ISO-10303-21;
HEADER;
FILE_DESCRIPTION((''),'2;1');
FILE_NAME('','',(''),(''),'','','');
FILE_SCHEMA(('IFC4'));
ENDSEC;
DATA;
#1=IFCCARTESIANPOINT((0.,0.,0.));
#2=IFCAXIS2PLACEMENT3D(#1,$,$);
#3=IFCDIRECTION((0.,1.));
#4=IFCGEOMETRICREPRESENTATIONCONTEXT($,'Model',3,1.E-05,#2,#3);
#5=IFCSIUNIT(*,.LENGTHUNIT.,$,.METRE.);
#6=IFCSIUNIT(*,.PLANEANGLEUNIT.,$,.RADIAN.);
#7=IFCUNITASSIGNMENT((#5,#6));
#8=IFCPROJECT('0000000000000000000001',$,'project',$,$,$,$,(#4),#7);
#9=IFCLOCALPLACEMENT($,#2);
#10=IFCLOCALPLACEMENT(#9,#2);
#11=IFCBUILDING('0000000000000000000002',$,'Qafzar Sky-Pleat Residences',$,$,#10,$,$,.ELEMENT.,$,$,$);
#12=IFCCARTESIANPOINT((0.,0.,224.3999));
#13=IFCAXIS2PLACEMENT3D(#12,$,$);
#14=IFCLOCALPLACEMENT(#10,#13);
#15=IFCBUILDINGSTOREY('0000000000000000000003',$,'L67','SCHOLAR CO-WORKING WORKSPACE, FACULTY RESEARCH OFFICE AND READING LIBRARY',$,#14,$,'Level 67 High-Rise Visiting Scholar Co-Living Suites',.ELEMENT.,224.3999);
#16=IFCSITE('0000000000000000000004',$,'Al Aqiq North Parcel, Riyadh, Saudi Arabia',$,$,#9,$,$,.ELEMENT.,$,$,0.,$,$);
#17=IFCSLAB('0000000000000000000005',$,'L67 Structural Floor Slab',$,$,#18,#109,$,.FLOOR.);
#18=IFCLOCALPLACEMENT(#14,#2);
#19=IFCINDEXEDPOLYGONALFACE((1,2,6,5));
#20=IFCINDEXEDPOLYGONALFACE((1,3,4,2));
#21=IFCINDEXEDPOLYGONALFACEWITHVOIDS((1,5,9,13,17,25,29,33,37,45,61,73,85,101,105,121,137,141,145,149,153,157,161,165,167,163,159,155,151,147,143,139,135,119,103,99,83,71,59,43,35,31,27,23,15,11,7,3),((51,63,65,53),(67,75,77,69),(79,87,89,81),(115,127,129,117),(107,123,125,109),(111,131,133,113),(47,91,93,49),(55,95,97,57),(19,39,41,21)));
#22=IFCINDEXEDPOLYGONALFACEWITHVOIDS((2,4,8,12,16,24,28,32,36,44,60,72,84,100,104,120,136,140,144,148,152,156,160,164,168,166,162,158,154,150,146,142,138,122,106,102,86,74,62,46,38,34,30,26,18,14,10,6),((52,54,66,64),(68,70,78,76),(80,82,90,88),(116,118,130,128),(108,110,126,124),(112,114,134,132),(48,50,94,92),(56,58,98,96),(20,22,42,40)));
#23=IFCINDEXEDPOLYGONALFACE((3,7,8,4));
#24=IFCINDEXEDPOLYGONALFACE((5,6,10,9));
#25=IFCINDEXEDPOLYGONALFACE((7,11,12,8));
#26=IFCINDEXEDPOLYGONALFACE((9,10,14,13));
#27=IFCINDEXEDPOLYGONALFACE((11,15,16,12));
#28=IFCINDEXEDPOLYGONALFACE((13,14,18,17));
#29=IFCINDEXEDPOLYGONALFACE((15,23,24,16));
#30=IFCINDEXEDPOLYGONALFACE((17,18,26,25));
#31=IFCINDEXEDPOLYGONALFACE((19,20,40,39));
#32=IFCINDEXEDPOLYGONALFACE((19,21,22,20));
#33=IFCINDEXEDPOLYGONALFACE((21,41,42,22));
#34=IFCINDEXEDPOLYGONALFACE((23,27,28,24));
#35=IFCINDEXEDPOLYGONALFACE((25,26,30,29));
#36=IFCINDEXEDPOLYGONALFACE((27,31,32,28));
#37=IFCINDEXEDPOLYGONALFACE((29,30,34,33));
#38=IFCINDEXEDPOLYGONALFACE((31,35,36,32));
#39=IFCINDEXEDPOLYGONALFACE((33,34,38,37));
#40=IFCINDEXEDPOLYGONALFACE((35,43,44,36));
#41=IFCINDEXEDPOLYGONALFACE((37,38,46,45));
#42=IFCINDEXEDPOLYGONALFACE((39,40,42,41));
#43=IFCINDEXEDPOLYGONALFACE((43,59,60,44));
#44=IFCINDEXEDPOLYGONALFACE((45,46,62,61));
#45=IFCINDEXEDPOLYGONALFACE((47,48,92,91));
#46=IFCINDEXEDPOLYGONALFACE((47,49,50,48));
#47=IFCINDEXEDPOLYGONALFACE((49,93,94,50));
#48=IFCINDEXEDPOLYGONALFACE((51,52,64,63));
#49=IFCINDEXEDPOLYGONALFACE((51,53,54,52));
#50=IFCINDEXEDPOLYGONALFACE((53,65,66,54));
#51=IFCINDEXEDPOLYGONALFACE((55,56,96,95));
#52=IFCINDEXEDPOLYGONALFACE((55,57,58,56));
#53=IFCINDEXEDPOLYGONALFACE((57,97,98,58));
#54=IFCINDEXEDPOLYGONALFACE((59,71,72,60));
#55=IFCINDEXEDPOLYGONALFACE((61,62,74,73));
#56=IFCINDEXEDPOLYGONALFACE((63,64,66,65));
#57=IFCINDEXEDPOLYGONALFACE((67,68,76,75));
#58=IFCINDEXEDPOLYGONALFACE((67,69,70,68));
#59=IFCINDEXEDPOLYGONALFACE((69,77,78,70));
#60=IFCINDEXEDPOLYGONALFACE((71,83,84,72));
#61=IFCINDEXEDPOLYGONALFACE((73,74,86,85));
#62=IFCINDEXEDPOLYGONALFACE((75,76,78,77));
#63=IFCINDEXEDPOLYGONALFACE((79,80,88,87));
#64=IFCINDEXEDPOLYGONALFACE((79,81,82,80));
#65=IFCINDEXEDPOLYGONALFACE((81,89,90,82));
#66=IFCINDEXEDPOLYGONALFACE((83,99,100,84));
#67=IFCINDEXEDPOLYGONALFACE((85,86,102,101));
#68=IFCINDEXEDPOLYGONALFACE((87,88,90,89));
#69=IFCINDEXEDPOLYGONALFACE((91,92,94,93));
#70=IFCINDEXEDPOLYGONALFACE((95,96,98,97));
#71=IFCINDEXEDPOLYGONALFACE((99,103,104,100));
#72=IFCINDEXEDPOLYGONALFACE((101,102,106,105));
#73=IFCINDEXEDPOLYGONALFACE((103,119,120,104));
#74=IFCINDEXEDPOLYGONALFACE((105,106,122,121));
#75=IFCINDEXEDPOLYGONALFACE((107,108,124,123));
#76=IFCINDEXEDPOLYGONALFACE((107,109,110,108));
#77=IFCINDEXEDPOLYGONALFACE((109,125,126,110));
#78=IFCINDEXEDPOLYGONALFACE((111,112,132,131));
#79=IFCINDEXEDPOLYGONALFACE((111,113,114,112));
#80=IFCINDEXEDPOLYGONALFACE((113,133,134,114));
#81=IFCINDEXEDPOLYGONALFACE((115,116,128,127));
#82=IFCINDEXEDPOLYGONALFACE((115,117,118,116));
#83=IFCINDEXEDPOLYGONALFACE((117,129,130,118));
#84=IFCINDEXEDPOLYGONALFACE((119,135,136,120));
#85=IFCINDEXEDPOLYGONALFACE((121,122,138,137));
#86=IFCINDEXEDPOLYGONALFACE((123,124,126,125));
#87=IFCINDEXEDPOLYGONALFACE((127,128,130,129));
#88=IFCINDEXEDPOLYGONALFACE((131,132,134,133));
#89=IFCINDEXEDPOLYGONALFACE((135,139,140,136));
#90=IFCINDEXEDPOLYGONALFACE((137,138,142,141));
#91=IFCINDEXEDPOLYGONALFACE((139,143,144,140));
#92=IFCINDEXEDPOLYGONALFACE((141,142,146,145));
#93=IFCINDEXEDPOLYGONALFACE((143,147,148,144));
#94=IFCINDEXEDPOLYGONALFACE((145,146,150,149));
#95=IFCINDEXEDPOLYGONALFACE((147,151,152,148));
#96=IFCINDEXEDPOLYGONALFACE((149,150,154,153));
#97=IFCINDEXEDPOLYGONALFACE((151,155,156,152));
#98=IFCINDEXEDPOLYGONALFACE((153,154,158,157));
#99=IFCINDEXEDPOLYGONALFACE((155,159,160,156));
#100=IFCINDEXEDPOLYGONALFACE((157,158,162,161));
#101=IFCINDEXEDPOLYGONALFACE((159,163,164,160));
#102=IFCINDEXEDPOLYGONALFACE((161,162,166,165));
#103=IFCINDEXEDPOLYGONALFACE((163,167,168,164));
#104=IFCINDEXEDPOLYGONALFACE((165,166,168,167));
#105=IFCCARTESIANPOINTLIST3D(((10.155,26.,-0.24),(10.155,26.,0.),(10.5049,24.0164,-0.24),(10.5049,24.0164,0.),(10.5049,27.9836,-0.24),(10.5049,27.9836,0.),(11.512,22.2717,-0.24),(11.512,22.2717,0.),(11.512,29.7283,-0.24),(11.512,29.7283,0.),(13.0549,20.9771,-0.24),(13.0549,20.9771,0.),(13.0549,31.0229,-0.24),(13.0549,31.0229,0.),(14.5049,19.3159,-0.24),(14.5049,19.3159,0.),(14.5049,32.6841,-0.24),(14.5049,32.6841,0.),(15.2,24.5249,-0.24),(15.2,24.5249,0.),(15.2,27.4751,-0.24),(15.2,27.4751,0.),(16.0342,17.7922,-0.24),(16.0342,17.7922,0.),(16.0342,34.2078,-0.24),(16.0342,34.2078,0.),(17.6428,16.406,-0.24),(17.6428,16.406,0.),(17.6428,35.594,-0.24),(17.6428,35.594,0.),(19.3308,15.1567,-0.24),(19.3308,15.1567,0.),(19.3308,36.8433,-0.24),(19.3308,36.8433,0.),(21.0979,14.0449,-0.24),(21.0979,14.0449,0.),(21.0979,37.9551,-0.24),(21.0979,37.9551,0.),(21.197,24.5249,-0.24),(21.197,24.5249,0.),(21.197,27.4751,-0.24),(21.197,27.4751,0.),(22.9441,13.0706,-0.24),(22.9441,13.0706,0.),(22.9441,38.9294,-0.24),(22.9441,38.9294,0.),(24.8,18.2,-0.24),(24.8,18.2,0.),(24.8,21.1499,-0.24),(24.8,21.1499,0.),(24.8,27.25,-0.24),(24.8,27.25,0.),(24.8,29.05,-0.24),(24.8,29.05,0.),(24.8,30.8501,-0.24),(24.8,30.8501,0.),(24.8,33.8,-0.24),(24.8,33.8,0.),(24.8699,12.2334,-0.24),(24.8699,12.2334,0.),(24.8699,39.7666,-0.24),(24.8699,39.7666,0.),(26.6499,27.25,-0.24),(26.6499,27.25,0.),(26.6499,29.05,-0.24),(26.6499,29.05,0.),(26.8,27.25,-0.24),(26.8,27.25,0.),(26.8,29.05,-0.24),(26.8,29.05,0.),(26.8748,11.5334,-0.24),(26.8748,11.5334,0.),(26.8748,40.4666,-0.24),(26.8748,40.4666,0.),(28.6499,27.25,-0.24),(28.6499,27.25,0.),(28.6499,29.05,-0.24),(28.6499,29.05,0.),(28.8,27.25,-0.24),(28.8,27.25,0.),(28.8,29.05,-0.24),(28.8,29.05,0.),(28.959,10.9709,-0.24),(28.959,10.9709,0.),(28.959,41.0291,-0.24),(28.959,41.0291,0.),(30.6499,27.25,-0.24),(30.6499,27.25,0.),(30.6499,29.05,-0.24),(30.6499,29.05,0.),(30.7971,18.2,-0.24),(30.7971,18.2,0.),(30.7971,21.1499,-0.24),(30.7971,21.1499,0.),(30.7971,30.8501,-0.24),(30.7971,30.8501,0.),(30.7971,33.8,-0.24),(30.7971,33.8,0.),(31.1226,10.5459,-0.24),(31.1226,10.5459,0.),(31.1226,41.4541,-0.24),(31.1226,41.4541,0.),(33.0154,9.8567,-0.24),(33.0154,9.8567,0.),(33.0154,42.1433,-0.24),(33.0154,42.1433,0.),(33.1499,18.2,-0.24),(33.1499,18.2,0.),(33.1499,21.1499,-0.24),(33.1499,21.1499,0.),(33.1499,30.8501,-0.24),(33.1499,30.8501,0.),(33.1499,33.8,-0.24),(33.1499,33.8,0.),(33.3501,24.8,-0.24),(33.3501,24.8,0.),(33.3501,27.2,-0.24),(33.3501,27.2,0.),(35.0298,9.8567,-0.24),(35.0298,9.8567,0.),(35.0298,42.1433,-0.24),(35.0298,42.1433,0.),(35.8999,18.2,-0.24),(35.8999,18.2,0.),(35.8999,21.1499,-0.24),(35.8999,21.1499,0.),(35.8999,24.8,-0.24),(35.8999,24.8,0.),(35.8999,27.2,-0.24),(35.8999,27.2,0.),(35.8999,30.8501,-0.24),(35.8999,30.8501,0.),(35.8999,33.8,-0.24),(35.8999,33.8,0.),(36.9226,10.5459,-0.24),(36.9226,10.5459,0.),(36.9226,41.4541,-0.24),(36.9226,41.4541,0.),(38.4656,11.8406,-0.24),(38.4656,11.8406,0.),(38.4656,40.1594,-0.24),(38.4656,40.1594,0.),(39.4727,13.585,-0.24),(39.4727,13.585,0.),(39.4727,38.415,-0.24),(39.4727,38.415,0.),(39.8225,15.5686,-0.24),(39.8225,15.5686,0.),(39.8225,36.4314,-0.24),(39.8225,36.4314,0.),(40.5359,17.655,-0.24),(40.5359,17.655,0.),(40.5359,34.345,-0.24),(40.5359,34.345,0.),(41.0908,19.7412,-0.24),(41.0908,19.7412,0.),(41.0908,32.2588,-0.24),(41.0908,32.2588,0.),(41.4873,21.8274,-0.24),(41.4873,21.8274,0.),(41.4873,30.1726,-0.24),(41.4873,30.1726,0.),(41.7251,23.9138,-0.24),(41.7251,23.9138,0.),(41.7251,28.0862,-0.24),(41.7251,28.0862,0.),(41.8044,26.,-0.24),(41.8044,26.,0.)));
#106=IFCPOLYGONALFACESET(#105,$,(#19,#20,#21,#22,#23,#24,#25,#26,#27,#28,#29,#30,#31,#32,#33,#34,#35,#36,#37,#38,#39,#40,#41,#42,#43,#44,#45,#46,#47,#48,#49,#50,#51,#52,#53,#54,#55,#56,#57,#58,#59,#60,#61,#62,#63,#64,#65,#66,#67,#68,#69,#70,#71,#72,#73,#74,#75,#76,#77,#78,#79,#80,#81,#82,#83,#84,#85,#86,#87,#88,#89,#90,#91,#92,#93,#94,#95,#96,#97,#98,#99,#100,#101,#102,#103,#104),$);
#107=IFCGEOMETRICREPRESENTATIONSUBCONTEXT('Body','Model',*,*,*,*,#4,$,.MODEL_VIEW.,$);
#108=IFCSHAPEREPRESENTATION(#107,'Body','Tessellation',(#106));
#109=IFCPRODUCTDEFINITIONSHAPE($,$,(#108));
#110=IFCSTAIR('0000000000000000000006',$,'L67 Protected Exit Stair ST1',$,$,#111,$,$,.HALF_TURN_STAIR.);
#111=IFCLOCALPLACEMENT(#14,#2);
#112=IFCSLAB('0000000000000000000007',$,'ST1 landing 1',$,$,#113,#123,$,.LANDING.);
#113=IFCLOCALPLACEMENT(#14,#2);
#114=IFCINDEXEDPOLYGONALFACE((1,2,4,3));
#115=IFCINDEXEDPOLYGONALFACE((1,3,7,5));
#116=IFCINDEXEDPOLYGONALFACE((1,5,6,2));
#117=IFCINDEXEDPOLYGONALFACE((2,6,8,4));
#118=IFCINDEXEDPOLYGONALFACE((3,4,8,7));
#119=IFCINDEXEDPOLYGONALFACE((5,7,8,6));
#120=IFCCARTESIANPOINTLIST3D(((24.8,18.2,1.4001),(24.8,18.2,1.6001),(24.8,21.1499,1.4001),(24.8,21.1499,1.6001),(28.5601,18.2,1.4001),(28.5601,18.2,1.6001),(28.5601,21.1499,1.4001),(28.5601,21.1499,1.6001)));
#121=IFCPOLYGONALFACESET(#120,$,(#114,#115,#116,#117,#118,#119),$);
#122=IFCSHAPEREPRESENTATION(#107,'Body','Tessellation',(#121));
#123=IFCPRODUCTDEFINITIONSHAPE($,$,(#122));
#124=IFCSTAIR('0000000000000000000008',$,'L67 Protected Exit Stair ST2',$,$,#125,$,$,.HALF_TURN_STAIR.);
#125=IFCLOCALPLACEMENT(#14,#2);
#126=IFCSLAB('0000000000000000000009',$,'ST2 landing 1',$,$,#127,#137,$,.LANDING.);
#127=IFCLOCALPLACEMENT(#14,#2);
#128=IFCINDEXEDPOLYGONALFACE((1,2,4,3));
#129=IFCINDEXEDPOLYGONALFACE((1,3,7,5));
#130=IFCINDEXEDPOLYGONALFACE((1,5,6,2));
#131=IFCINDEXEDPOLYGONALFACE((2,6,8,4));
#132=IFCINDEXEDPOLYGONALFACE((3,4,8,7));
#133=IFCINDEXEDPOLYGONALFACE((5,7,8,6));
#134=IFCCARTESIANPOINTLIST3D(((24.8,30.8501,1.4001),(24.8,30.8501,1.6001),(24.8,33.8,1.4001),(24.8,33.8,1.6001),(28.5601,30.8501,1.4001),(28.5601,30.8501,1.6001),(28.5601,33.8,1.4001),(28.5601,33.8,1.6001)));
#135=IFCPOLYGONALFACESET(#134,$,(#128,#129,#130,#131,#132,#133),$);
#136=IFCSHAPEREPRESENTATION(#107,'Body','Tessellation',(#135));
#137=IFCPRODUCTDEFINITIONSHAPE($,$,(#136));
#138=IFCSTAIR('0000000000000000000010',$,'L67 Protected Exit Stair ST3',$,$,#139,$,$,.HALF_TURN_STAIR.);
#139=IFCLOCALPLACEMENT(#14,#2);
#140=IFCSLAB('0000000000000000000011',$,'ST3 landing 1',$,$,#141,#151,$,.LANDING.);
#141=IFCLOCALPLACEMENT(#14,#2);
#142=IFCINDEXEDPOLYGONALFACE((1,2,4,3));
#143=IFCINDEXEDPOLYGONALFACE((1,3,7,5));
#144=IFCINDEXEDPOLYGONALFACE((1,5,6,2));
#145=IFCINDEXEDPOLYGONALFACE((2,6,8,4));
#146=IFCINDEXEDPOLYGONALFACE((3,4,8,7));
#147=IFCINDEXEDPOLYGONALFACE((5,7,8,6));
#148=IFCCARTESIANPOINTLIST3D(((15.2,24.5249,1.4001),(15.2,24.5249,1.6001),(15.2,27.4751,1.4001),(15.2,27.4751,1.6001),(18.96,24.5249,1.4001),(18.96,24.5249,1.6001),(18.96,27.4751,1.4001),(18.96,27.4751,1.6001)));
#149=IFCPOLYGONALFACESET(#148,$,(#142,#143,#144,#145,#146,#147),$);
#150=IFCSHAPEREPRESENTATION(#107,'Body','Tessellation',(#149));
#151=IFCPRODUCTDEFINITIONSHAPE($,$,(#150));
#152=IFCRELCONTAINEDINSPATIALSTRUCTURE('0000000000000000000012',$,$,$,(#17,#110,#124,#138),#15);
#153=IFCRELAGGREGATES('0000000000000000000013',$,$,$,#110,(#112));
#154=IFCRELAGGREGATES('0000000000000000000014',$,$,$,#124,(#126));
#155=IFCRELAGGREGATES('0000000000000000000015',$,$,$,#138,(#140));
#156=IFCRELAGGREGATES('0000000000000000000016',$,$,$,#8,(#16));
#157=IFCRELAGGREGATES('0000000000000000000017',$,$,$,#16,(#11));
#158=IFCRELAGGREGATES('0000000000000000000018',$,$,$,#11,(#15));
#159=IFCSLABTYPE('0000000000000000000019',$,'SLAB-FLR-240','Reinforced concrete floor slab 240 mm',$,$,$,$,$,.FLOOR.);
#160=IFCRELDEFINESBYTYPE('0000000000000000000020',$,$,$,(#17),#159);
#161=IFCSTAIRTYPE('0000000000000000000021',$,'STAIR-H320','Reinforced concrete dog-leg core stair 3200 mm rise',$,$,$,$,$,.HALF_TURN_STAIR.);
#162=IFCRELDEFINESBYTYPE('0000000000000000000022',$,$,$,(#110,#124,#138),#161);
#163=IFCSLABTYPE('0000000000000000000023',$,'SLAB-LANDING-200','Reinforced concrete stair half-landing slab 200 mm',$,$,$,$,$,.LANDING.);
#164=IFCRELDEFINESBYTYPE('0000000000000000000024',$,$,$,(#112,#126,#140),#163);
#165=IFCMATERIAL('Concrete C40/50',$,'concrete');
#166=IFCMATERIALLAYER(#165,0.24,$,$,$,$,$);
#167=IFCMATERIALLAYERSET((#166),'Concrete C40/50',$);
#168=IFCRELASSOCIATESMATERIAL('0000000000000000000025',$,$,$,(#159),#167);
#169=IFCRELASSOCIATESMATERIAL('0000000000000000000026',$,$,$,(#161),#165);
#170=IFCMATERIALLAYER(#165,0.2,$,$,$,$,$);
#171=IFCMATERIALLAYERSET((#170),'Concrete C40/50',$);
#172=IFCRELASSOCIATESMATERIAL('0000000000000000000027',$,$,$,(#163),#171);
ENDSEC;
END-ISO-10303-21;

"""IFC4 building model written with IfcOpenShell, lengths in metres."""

from ifc_helpers import new_model, si_unit, direction, frame, origin, place, context, subcontext, project, spatial, polyline, outline, extrude, material, layer, layer_set, type_object, element, aggregate, save


model = new_model("IFC4")

# Units and contexts
model_context = context("Model", 3, precision=1e-05, world=origin(), true_north=direction((0.0, 1.0)))
body_context = subcontext(model_context, "Body", "Model", "MODEL_VIEW")
ifc_project = project(units=[si_unit("LENGTHUNIT", "METRE"), si_unit("PLANEANGLEUNIT", "RADIAN")], contexts=[model_context])

# Site, building, storey
site_placement = place(None, origin())
site = spatial("IfcSite", under=ifc_project, at=site_placement, Name="Al Aqiq North Parcel, Riyadh, Saudi Arabia", CompositionType="ELEMENT", RefElevation=0.0)
building_placement = place(site_placement, origin())
building = spatial("IfcBuilding", under=site, at=building_placement, Name="Qafzar Sky-Pleat Residences", CompositionType="ELEMENT")
storey_placement = place(building_placement, frame((0.0, 0.0, 224.3999)))
storey = spatial("IfcBuildingStorey", under=building, at=storey_placement, Name="L67", Description="SCHOLAR CO-WORKING WORKSPACE, FACULTY RESEARCH OFFICE AND READING LIBRARY", LongName="Level 67 High-Rise Visiting Scholar Co-Living Suites", CompositionType="ELEMENT", Elevation=224.3999)

# Slab
ifc_material_1 = material(Name="Concrete C40/50", Category="concrete")
ifc_layer_1 = layer(ifc_material_1, 0.24)
ifc_layer_set_1 = layer_set([ifc_layer_1], Name="Concrete C40/50")
slab_type_1 = type_object("IfcSlabType", Name="SLAB-FLR-240", Description="Reinforced concrete floor slab 240 mm", PredefinedType="FLOOR", material=ifc_layer_set_1)
slab_1_placement = place(storey_placement, frame((0.0, 0.0, -0.24)))
element("IfcSlab", 1, at=slab_1_placement, inside=storey, type_object=slab_type_1, Name="L67 Structural Floor Slab", PredefinedType="FLOOR", context=body_context, shape_type="SweptSolid", body=[
    extrude(outline(polyline([(13.0549, 31.0229), (11.512, 29.7283), (10.5049, 27.9836), (10.155, 26.0), (10.5049, 24.0164), (11.512, 22.2717), (13.0549, 20.9771), (14.5049, 19.3159), (16.0342, 17.7922), (17.6428, 16.406), (19.3308, 15.1567), (21.0979, 14.0449), (22.9441, 13.0706), (24.8699, 12.2334), (26.8748, 11.5334), (28.959, 10.9709), (31.1226, 10.5459), (33.0154, 9.8567), (35.0298, 9.8567), (36.9226, 10.5459), (38.4656, 11.8406), (39.4727, 13.585), (39.8225, 15.5686), (40.5359, 17.655), (41.0908, 19.7412), (41.4873, 21.8274), (41.7251, 23.9138), (41.8044, 26.0), (41.7251, 28.0862), (41.4873, 30.1726), (41.0908, 32.2588), (40.5359, 34.345), (39.8225, 36.4314), (39.4727, 38.415), (38.4656, 40.1594), (36.9226, 41.4541), (35.0298, 42.1433), (33.0154, 42.1433), (31.1226, 41.4541), (28.959, 41.0291), (26.8748, 40.4666), (24.8699, 39.7666), (22.9441, 38.9294), (21.0979, 37.9551), (19.3308, 36.8433), (17.6428, 35.594), (16.0342, 34.2078), (14.5049, 32.6841), (13.0549, 31.0229)]), holes=[polyline([(30.7971, 21.1499), (24.8, 21.1499), (24.8, 18.2), (30.7971, 18.2), (30.7971, 21.1499)]), polyline([(30.7971, 33.8), (24.8, 33.8), (24.8, 30.8501), (30.7971, 30.8501), (30.7971, 33.8)]), polyline([(21.197, 27.4751), (15.2, 27.4751), (15.2, 24.5249), (21.197, 24.5249), (21.197, 27.4751)]), polyline([(24.8, 27.25), (26.6499, 27.25), (26.6499, 29.05), (24.8, 29.05), (24.8, 27.25)]), polyline([(26.8, 27.25), (28.6499, 27.25), (28.6499, 29.05), (26.8, 29.05), (26.8, 27.25)]), polyline([(28.8, 27.25), (30.6499, 27.25), (30.6499, 29.05), (28.8, 29.05), (28.8, 27.25)]), polyline([(33.1499, 18.2), (35.8999, 18.2), (35.8999, 21.1499), (33.1499, 21.1499), (33.1499, 18.2)]), polyline([(33.1499, 30.8501), (35.8999, 30.8501), (35.8999, 33.8), (33.1499, 33.8), (33.1499, 30.8501)]), polyline([(33.3501, 24.8), (35.8999, 24.8), (35.8999, 27.2), (33.3501, 27.2), (33.3501, 24.8)])]), origin(), (0.0, 0.0, 1.0), 0.24),
])

# Stairs, slabs
stair_type = type_object("IfcStairType", Name="STAIR-H320", Description="Reinforced concrete dog-leg core stair 3200 mm rise", PredefinedType="HALF_TURN_STAIR", material=ifc_material_1)
stair_1_placement = place(storey_placement, origin())
stair_1 = element("IfcStair", 2, at=stair_1_placement, inside=storey, type_object=stair_type, Name="L67 Protected Exit Stair ST1", PredefinedType="HALF_TURN_STAIR")
ifc_layer_2 = layer(ifc_material_1, 0.2)
ifc_layer_set_2 = layer_set([ifc_layer_2], Name="Concrete C40/50")
slab_type_2 = type_object("IfcSlabType", Name="SLAB-LANDING-200", Description="Reinforced concrete stair half-landing slab 200 mm", PredefinedType="LANDING", material=ifc_layer_set_2)
slab_2_placement = place(storey_placement, frame((0.0, 0.0, 1.4001)))
slab_2 = element("IfcSlab", 3, at=slab_2_placement, type_object=slab_type_2, Name="ST1 landing 1", PredefinedType="LANDING", context=body_context, shape_type="SweptSolid", body=[
    extrude(outline(polyline([(28.5601, 21.1499), (24.8, 21.1499), (24.8, 18.2), (28.5601, 18.2), (28.5601, 21.1499)])), origin(), (0.0, 0.0, 1.0), 0.2),
])
aggregate(stair_1, [slab_2])
stair_2_placement = place(storey_placement, origin())
stair_2 = element("IfcStair", 4, at=stair_2_placement, inside=storey, type_object=stair_type, Name="L67 Protected Exit Stair ST2", PredefinedType="HALF_TURN_STAIR")
slab_3_placement = place(storey_placement, frame((0.0, 0.0, 1.4001)))
slab_3 = element("IfcSlab", 5, at=slab_3_placement, type_object=slab_type_2, Name="ST2 landing 1", PredefinedType="LANDING", context=body_context, shape_type="SweptSolid", body=[
    extrude(outline(polyline([(28.5601, 33.8), (24.8, 33.8), (24.8, 30.8501), (28.5601, 30.8501), (28.5601, 33.8)])), origin(), (0.0, 0.0, 1.0), 0.2),
])
aggregate(stair_2, [slab_3])
stair_3_placement = place(storey_placement, origin())
stair_3 = element("IfcStair", 6, at=stair_3_placement, inside=storey, type_object=stair_type, Name="L67 Protected Exit Stair ST3", PredefinedType="HALF_TURN_STAIR")
slab_4_placement = place(storey_placement, frame((0.0, 0.0, 1.4001)))
slab_4 = element("IfcSlab", 7, at=slab_4_placement, type_object=slab_type_2, Name="ST3 landing 1", PredefinedType="LANDING", context=body_context, shape_type="SweptSolid", body=[
    extrude(outline(polyline([(18.96, 27.4751), (15.2, 27.4751), (15.2, 24.5249), (18.96, 24.5249), (18.96, 27.4751)])), origin(), (0.0, 0.0, 1.0), 0.2),
])
aggregate(stair_3, [slab_4])

save(model, "model.ifc")
